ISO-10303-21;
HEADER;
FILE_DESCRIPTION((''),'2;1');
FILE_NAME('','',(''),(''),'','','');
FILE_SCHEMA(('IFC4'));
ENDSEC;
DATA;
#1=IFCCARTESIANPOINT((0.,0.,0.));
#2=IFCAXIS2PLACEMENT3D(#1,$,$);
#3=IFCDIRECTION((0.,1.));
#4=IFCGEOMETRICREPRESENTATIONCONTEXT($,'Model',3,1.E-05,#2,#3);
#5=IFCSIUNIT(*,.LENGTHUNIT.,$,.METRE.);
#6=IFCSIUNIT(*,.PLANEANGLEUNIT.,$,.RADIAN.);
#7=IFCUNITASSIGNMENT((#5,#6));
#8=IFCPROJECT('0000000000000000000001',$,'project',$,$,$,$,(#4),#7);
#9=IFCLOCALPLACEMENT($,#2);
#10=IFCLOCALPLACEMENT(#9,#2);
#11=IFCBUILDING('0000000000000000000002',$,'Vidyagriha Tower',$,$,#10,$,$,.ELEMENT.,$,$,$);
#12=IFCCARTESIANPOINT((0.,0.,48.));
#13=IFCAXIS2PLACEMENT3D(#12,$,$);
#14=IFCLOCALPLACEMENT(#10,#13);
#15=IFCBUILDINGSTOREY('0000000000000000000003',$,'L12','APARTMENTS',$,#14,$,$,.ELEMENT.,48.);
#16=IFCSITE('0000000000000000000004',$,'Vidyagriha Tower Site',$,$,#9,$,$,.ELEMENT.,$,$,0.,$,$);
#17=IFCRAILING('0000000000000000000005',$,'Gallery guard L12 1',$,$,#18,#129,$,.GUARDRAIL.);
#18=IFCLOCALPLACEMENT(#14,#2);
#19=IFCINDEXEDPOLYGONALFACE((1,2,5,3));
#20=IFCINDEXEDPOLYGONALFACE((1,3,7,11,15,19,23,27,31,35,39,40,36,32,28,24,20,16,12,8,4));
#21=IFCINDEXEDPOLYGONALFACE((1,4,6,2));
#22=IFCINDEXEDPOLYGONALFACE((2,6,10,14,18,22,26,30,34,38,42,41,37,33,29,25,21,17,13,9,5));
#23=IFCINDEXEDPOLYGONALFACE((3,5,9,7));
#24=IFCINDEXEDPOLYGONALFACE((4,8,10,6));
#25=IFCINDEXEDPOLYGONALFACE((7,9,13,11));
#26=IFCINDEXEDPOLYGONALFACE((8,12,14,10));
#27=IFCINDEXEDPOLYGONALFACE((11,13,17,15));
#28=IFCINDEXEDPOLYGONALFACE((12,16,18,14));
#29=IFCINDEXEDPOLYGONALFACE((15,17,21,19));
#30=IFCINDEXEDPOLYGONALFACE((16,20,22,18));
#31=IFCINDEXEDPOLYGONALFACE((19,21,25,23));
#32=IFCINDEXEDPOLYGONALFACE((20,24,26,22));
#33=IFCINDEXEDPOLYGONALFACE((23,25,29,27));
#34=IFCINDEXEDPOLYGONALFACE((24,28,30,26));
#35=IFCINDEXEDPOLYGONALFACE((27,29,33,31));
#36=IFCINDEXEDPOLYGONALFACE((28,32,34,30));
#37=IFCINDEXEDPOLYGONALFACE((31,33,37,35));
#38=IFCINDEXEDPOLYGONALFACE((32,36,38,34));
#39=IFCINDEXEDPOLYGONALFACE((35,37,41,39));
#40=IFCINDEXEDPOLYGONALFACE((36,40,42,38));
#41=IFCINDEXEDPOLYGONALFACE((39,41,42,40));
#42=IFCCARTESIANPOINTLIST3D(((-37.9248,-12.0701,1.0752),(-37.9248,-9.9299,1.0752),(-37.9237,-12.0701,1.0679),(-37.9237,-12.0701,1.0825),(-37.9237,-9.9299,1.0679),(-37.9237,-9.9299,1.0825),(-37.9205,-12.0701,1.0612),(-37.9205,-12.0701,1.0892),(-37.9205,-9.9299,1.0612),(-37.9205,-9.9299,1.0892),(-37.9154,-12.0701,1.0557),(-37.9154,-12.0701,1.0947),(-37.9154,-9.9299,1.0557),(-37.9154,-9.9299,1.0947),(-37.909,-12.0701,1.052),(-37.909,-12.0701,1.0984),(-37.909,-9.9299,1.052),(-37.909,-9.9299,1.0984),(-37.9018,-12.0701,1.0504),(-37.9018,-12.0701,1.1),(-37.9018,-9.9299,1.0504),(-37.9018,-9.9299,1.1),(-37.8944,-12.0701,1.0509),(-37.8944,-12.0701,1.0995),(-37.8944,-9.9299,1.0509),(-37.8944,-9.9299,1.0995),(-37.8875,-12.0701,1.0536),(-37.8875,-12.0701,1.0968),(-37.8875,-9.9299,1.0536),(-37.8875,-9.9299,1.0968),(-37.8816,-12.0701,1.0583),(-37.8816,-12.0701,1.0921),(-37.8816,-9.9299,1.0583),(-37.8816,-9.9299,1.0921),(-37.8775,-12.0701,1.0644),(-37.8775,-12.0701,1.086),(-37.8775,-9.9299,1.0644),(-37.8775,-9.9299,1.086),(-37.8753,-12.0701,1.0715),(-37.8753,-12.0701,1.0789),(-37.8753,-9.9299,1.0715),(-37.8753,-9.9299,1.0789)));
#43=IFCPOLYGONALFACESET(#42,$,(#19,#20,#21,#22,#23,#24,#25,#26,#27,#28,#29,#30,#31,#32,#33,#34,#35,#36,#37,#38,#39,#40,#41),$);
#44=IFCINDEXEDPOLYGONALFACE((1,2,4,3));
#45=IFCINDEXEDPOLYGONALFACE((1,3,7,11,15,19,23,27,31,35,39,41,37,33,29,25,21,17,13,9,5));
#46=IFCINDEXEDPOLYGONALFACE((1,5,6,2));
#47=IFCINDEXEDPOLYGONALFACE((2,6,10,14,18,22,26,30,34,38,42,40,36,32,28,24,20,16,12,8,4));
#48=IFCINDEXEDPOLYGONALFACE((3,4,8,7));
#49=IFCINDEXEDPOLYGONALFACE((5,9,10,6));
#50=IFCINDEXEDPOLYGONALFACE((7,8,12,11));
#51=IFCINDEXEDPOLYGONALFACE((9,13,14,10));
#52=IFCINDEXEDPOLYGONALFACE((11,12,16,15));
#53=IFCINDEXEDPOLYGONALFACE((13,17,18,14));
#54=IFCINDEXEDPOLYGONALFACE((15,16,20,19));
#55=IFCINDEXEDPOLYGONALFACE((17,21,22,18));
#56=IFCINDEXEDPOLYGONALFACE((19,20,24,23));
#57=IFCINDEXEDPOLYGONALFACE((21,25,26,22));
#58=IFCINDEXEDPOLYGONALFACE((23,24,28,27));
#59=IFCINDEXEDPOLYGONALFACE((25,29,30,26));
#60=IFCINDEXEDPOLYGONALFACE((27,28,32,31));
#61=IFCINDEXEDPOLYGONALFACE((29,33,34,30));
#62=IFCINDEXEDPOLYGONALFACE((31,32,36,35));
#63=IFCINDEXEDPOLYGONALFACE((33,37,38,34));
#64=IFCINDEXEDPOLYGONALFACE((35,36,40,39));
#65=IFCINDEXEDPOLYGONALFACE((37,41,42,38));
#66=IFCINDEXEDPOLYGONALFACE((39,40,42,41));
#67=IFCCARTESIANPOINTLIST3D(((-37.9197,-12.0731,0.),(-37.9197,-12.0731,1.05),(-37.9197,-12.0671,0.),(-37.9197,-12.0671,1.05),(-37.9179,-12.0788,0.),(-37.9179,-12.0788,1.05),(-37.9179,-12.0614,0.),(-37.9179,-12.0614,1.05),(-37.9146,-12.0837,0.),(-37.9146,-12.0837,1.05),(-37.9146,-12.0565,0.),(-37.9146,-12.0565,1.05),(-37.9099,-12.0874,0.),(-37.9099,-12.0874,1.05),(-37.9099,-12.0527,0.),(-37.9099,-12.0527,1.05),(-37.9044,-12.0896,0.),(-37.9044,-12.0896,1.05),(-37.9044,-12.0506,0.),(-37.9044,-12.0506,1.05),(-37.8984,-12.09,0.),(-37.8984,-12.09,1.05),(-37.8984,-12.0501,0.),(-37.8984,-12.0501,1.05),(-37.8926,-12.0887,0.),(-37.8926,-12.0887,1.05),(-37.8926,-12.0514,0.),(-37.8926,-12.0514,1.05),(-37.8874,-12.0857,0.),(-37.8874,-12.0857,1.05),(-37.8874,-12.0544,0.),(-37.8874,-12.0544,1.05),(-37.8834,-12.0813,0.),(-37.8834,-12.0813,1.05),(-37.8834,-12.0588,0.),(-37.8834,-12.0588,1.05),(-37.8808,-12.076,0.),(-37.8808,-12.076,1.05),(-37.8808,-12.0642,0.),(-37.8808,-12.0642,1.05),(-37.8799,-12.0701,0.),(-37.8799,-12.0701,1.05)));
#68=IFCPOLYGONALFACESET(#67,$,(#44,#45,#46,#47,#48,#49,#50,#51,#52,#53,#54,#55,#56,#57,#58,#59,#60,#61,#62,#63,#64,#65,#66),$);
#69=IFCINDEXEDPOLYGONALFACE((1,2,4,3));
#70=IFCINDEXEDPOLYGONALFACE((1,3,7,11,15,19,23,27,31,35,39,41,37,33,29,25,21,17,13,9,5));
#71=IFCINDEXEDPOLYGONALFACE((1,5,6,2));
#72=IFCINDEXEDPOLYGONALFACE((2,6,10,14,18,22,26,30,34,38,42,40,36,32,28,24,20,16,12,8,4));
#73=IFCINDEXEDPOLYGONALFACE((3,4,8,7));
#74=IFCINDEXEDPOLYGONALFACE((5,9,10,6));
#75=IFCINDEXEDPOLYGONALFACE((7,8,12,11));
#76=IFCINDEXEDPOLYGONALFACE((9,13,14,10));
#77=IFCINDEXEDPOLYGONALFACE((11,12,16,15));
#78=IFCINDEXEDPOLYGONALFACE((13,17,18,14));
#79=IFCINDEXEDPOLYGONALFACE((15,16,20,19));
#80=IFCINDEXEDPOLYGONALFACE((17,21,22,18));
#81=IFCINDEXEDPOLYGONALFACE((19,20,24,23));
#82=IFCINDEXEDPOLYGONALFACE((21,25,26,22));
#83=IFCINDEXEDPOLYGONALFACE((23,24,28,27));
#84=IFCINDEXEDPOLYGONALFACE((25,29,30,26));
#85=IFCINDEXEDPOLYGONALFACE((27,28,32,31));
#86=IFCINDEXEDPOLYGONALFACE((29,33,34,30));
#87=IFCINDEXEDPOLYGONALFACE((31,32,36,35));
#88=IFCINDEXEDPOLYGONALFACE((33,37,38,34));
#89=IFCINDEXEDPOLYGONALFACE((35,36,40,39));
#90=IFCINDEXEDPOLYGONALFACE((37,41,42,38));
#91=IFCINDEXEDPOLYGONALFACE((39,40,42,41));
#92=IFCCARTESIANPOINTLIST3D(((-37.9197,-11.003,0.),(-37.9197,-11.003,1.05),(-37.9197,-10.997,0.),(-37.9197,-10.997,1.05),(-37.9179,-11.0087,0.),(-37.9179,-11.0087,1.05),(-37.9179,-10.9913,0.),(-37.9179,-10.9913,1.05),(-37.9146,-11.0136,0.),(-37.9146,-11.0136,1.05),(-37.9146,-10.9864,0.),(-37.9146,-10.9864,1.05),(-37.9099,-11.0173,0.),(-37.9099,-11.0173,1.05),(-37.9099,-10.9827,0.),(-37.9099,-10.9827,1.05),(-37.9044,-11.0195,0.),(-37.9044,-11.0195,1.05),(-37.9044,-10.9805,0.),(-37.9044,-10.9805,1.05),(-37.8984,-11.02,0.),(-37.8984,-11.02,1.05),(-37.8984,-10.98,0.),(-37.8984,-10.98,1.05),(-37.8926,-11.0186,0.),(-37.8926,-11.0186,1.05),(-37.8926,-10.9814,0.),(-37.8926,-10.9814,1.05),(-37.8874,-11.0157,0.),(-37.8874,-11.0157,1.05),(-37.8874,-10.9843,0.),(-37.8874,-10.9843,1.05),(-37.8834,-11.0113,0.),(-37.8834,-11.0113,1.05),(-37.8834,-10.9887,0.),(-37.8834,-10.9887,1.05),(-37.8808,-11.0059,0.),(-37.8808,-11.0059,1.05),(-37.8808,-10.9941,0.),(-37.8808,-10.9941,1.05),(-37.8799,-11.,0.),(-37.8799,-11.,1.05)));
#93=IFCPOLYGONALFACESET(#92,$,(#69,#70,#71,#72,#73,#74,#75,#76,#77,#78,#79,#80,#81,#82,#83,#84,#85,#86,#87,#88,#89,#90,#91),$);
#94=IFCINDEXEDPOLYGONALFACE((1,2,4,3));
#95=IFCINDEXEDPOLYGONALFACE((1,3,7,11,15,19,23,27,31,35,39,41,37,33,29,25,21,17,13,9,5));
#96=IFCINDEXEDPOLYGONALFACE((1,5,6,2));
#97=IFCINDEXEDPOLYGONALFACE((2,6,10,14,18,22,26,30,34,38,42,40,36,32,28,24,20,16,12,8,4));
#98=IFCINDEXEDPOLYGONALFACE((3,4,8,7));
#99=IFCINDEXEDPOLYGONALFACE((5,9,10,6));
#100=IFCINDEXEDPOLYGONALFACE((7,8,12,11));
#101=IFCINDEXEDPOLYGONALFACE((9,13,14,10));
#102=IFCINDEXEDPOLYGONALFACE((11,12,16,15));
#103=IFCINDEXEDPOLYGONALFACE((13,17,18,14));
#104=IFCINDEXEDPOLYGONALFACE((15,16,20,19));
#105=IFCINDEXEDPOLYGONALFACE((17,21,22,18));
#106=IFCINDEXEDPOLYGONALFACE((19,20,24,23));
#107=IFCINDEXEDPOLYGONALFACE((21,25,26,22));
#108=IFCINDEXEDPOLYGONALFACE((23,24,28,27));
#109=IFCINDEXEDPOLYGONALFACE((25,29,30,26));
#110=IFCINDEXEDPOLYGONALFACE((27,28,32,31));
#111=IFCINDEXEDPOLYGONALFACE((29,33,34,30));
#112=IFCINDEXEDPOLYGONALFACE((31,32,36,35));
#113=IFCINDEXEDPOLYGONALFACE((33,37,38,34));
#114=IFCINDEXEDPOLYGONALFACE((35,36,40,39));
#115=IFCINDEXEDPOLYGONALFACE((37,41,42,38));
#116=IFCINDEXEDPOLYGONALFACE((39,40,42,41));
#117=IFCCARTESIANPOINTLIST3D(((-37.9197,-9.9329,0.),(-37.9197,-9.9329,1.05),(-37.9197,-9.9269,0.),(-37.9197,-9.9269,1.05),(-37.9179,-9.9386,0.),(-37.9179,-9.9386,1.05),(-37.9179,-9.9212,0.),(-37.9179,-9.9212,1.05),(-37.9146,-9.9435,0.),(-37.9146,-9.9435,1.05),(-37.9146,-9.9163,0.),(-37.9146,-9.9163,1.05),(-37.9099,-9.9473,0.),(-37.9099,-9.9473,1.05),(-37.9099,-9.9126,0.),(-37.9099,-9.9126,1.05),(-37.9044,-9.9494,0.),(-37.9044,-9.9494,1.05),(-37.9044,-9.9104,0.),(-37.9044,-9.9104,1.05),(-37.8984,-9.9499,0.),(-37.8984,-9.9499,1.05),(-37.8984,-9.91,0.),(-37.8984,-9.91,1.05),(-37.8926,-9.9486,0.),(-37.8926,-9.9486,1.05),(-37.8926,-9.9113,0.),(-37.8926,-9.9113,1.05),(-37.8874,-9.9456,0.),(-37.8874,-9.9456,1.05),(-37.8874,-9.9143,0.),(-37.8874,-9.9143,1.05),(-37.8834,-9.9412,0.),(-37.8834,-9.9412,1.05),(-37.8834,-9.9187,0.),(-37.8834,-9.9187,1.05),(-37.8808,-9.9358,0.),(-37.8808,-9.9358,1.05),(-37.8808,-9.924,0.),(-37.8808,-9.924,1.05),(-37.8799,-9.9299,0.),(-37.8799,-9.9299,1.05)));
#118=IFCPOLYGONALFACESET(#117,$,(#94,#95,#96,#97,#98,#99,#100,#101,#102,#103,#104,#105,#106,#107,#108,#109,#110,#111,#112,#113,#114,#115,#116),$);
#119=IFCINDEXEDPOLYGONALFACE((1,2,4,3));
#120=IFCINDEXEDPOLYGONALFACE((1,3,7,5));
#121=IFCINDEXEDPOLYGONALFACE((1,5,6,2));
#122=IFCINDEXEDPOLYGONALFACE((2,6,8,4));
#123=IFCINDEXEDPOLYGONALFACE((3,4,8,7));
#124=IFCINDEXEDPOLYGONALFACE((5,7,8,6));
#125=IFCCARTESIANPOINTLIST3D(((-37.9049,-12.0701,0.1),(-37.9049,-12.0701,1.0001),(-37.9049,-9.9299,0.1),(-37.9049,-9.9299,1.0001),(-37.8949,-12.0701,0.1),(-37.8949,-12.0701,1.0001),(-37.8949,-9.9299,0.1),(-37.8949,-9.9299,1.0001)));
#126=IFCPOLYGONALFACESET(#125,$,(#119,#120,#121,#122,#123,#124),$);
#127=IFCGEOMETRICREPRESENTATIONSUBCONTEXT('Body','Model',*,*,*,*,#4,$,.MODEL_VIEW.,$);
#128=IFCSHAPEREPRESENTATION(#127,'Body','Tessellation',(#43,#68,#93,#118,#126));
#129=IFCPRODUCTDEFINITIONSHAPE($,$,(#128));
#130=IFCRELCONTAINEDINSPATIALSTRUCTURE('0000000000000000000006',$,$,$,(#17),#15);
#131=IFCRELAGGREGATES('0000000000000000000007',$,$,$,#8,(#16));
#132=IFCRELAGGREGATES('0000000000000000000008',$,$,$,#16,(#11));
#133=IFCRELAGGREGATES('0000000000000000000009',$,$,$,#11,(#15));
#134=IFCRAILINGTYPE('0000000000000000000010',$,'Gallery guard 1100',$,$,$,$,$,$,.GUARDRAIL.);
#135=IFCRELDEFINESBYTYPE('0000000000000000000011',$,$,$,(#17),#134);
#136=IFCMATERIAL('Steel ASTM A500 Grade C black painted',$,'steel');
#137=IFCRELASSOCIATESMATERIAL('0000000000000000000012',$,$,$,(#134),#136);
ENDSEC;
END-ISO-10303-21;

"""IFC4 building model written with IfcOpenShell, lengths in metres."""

from ifc_helpers import new_model, si_unit, direction, frame, origin, origin_2d, place, context, subcontext, project, spatial, rectangle, circle, extrude, material, type_object, element, save


model = new_model("IFC4")

# Units and contexts
model_context = context("Model", 3, precision=1e-05, world=origin(), true_north=direction((0.0, 1.0)))
body_context = subcontext(model_context, "Body", "Model", "MODEL_VIEW")
ifc_project = project(units=[si_unit("LENGTHUNIT", "METRE"), si_unit("PLANEANGLEUNIT", "RADIAN")], contexts=[model_context])

# Site, building, storey
site_placement = place(None, origin())
site = spatial("IfcSite", under=ifc_project, at=site_placement, Name="Vidyagriha Tower Site", CompositionType="ELEMENT", RefElevation=0.0)
building_placement = place(site_placement, origin())
building = spatial("IfcBuilding", under=site, at=building_placement, Name="Vidyagriha Tower", CompositionType="ELEMENT")
storey_placement = place(building_placement, frame((0.0, 0.0, 48.0)))
storey = spatial("IfcBuildingStorey", under=building, at=storey_placement, Name="L12", Description="APARTMENTS", CompositionType="ELEMENT", Elevation=48.0)

# Railing
ifc_material_1 = material(Name="Steel ASTM A500 Grade C black painted", Category="steel")
railing_type_1 = type_object("IfcRailingType", Name="Gallery guard 1100", PredefinedType="GUARDRAIL", material=ifc_material_1)
railing_1_placement = place(storey_placement, frame((-37.8999, -12.0701, 0.0)))
element("IfcRailing", 1, at=railing_1_placement, inside=storey, type_object=railing_type_1, Name="Gallery guard L12 1", PredefinedType="GUARDRAIL", context=body_context, shape_type="SweptSolid", body=[
    extrude(circle(Radius=0.0249, at=origin_2d()), frame((0.0, 0.0, 1.0752), z_axis=(0.0, 1.0, 0.0), x_axis=(-1.0, 0.0, 0.0)), (0.0, 0.0, 1.0), 2.1401),
    extrude(circle(Radius=0.02, at=origin_2d()), origin(), (0.0, 0.0, 1.0), 1.05),
    extrude(circle(Radius=0.02, at=origin_2d()), frame((0.0, 1.0701, 0.0)), (0.0, 0.0, 1.0), 1.05),
    extrude(circle(Radius=0.02, at=origin_2d()), frame((0.0, 2.1401, 0.0)), (0.0, 0.0, 1.0), 1.05),
    extrude(rectangle(XDim=0.01, YDim=0.9001, at=origin_2d()), frame((0.0, 0.0, 0.55), z_axis=(0.0, 1.0, 0.0), x_axis=(-1.0, 0.0, 0.0)), (0.0, 0.0, 1.0), 2.1401),
])

save(model, "model.ifc")
